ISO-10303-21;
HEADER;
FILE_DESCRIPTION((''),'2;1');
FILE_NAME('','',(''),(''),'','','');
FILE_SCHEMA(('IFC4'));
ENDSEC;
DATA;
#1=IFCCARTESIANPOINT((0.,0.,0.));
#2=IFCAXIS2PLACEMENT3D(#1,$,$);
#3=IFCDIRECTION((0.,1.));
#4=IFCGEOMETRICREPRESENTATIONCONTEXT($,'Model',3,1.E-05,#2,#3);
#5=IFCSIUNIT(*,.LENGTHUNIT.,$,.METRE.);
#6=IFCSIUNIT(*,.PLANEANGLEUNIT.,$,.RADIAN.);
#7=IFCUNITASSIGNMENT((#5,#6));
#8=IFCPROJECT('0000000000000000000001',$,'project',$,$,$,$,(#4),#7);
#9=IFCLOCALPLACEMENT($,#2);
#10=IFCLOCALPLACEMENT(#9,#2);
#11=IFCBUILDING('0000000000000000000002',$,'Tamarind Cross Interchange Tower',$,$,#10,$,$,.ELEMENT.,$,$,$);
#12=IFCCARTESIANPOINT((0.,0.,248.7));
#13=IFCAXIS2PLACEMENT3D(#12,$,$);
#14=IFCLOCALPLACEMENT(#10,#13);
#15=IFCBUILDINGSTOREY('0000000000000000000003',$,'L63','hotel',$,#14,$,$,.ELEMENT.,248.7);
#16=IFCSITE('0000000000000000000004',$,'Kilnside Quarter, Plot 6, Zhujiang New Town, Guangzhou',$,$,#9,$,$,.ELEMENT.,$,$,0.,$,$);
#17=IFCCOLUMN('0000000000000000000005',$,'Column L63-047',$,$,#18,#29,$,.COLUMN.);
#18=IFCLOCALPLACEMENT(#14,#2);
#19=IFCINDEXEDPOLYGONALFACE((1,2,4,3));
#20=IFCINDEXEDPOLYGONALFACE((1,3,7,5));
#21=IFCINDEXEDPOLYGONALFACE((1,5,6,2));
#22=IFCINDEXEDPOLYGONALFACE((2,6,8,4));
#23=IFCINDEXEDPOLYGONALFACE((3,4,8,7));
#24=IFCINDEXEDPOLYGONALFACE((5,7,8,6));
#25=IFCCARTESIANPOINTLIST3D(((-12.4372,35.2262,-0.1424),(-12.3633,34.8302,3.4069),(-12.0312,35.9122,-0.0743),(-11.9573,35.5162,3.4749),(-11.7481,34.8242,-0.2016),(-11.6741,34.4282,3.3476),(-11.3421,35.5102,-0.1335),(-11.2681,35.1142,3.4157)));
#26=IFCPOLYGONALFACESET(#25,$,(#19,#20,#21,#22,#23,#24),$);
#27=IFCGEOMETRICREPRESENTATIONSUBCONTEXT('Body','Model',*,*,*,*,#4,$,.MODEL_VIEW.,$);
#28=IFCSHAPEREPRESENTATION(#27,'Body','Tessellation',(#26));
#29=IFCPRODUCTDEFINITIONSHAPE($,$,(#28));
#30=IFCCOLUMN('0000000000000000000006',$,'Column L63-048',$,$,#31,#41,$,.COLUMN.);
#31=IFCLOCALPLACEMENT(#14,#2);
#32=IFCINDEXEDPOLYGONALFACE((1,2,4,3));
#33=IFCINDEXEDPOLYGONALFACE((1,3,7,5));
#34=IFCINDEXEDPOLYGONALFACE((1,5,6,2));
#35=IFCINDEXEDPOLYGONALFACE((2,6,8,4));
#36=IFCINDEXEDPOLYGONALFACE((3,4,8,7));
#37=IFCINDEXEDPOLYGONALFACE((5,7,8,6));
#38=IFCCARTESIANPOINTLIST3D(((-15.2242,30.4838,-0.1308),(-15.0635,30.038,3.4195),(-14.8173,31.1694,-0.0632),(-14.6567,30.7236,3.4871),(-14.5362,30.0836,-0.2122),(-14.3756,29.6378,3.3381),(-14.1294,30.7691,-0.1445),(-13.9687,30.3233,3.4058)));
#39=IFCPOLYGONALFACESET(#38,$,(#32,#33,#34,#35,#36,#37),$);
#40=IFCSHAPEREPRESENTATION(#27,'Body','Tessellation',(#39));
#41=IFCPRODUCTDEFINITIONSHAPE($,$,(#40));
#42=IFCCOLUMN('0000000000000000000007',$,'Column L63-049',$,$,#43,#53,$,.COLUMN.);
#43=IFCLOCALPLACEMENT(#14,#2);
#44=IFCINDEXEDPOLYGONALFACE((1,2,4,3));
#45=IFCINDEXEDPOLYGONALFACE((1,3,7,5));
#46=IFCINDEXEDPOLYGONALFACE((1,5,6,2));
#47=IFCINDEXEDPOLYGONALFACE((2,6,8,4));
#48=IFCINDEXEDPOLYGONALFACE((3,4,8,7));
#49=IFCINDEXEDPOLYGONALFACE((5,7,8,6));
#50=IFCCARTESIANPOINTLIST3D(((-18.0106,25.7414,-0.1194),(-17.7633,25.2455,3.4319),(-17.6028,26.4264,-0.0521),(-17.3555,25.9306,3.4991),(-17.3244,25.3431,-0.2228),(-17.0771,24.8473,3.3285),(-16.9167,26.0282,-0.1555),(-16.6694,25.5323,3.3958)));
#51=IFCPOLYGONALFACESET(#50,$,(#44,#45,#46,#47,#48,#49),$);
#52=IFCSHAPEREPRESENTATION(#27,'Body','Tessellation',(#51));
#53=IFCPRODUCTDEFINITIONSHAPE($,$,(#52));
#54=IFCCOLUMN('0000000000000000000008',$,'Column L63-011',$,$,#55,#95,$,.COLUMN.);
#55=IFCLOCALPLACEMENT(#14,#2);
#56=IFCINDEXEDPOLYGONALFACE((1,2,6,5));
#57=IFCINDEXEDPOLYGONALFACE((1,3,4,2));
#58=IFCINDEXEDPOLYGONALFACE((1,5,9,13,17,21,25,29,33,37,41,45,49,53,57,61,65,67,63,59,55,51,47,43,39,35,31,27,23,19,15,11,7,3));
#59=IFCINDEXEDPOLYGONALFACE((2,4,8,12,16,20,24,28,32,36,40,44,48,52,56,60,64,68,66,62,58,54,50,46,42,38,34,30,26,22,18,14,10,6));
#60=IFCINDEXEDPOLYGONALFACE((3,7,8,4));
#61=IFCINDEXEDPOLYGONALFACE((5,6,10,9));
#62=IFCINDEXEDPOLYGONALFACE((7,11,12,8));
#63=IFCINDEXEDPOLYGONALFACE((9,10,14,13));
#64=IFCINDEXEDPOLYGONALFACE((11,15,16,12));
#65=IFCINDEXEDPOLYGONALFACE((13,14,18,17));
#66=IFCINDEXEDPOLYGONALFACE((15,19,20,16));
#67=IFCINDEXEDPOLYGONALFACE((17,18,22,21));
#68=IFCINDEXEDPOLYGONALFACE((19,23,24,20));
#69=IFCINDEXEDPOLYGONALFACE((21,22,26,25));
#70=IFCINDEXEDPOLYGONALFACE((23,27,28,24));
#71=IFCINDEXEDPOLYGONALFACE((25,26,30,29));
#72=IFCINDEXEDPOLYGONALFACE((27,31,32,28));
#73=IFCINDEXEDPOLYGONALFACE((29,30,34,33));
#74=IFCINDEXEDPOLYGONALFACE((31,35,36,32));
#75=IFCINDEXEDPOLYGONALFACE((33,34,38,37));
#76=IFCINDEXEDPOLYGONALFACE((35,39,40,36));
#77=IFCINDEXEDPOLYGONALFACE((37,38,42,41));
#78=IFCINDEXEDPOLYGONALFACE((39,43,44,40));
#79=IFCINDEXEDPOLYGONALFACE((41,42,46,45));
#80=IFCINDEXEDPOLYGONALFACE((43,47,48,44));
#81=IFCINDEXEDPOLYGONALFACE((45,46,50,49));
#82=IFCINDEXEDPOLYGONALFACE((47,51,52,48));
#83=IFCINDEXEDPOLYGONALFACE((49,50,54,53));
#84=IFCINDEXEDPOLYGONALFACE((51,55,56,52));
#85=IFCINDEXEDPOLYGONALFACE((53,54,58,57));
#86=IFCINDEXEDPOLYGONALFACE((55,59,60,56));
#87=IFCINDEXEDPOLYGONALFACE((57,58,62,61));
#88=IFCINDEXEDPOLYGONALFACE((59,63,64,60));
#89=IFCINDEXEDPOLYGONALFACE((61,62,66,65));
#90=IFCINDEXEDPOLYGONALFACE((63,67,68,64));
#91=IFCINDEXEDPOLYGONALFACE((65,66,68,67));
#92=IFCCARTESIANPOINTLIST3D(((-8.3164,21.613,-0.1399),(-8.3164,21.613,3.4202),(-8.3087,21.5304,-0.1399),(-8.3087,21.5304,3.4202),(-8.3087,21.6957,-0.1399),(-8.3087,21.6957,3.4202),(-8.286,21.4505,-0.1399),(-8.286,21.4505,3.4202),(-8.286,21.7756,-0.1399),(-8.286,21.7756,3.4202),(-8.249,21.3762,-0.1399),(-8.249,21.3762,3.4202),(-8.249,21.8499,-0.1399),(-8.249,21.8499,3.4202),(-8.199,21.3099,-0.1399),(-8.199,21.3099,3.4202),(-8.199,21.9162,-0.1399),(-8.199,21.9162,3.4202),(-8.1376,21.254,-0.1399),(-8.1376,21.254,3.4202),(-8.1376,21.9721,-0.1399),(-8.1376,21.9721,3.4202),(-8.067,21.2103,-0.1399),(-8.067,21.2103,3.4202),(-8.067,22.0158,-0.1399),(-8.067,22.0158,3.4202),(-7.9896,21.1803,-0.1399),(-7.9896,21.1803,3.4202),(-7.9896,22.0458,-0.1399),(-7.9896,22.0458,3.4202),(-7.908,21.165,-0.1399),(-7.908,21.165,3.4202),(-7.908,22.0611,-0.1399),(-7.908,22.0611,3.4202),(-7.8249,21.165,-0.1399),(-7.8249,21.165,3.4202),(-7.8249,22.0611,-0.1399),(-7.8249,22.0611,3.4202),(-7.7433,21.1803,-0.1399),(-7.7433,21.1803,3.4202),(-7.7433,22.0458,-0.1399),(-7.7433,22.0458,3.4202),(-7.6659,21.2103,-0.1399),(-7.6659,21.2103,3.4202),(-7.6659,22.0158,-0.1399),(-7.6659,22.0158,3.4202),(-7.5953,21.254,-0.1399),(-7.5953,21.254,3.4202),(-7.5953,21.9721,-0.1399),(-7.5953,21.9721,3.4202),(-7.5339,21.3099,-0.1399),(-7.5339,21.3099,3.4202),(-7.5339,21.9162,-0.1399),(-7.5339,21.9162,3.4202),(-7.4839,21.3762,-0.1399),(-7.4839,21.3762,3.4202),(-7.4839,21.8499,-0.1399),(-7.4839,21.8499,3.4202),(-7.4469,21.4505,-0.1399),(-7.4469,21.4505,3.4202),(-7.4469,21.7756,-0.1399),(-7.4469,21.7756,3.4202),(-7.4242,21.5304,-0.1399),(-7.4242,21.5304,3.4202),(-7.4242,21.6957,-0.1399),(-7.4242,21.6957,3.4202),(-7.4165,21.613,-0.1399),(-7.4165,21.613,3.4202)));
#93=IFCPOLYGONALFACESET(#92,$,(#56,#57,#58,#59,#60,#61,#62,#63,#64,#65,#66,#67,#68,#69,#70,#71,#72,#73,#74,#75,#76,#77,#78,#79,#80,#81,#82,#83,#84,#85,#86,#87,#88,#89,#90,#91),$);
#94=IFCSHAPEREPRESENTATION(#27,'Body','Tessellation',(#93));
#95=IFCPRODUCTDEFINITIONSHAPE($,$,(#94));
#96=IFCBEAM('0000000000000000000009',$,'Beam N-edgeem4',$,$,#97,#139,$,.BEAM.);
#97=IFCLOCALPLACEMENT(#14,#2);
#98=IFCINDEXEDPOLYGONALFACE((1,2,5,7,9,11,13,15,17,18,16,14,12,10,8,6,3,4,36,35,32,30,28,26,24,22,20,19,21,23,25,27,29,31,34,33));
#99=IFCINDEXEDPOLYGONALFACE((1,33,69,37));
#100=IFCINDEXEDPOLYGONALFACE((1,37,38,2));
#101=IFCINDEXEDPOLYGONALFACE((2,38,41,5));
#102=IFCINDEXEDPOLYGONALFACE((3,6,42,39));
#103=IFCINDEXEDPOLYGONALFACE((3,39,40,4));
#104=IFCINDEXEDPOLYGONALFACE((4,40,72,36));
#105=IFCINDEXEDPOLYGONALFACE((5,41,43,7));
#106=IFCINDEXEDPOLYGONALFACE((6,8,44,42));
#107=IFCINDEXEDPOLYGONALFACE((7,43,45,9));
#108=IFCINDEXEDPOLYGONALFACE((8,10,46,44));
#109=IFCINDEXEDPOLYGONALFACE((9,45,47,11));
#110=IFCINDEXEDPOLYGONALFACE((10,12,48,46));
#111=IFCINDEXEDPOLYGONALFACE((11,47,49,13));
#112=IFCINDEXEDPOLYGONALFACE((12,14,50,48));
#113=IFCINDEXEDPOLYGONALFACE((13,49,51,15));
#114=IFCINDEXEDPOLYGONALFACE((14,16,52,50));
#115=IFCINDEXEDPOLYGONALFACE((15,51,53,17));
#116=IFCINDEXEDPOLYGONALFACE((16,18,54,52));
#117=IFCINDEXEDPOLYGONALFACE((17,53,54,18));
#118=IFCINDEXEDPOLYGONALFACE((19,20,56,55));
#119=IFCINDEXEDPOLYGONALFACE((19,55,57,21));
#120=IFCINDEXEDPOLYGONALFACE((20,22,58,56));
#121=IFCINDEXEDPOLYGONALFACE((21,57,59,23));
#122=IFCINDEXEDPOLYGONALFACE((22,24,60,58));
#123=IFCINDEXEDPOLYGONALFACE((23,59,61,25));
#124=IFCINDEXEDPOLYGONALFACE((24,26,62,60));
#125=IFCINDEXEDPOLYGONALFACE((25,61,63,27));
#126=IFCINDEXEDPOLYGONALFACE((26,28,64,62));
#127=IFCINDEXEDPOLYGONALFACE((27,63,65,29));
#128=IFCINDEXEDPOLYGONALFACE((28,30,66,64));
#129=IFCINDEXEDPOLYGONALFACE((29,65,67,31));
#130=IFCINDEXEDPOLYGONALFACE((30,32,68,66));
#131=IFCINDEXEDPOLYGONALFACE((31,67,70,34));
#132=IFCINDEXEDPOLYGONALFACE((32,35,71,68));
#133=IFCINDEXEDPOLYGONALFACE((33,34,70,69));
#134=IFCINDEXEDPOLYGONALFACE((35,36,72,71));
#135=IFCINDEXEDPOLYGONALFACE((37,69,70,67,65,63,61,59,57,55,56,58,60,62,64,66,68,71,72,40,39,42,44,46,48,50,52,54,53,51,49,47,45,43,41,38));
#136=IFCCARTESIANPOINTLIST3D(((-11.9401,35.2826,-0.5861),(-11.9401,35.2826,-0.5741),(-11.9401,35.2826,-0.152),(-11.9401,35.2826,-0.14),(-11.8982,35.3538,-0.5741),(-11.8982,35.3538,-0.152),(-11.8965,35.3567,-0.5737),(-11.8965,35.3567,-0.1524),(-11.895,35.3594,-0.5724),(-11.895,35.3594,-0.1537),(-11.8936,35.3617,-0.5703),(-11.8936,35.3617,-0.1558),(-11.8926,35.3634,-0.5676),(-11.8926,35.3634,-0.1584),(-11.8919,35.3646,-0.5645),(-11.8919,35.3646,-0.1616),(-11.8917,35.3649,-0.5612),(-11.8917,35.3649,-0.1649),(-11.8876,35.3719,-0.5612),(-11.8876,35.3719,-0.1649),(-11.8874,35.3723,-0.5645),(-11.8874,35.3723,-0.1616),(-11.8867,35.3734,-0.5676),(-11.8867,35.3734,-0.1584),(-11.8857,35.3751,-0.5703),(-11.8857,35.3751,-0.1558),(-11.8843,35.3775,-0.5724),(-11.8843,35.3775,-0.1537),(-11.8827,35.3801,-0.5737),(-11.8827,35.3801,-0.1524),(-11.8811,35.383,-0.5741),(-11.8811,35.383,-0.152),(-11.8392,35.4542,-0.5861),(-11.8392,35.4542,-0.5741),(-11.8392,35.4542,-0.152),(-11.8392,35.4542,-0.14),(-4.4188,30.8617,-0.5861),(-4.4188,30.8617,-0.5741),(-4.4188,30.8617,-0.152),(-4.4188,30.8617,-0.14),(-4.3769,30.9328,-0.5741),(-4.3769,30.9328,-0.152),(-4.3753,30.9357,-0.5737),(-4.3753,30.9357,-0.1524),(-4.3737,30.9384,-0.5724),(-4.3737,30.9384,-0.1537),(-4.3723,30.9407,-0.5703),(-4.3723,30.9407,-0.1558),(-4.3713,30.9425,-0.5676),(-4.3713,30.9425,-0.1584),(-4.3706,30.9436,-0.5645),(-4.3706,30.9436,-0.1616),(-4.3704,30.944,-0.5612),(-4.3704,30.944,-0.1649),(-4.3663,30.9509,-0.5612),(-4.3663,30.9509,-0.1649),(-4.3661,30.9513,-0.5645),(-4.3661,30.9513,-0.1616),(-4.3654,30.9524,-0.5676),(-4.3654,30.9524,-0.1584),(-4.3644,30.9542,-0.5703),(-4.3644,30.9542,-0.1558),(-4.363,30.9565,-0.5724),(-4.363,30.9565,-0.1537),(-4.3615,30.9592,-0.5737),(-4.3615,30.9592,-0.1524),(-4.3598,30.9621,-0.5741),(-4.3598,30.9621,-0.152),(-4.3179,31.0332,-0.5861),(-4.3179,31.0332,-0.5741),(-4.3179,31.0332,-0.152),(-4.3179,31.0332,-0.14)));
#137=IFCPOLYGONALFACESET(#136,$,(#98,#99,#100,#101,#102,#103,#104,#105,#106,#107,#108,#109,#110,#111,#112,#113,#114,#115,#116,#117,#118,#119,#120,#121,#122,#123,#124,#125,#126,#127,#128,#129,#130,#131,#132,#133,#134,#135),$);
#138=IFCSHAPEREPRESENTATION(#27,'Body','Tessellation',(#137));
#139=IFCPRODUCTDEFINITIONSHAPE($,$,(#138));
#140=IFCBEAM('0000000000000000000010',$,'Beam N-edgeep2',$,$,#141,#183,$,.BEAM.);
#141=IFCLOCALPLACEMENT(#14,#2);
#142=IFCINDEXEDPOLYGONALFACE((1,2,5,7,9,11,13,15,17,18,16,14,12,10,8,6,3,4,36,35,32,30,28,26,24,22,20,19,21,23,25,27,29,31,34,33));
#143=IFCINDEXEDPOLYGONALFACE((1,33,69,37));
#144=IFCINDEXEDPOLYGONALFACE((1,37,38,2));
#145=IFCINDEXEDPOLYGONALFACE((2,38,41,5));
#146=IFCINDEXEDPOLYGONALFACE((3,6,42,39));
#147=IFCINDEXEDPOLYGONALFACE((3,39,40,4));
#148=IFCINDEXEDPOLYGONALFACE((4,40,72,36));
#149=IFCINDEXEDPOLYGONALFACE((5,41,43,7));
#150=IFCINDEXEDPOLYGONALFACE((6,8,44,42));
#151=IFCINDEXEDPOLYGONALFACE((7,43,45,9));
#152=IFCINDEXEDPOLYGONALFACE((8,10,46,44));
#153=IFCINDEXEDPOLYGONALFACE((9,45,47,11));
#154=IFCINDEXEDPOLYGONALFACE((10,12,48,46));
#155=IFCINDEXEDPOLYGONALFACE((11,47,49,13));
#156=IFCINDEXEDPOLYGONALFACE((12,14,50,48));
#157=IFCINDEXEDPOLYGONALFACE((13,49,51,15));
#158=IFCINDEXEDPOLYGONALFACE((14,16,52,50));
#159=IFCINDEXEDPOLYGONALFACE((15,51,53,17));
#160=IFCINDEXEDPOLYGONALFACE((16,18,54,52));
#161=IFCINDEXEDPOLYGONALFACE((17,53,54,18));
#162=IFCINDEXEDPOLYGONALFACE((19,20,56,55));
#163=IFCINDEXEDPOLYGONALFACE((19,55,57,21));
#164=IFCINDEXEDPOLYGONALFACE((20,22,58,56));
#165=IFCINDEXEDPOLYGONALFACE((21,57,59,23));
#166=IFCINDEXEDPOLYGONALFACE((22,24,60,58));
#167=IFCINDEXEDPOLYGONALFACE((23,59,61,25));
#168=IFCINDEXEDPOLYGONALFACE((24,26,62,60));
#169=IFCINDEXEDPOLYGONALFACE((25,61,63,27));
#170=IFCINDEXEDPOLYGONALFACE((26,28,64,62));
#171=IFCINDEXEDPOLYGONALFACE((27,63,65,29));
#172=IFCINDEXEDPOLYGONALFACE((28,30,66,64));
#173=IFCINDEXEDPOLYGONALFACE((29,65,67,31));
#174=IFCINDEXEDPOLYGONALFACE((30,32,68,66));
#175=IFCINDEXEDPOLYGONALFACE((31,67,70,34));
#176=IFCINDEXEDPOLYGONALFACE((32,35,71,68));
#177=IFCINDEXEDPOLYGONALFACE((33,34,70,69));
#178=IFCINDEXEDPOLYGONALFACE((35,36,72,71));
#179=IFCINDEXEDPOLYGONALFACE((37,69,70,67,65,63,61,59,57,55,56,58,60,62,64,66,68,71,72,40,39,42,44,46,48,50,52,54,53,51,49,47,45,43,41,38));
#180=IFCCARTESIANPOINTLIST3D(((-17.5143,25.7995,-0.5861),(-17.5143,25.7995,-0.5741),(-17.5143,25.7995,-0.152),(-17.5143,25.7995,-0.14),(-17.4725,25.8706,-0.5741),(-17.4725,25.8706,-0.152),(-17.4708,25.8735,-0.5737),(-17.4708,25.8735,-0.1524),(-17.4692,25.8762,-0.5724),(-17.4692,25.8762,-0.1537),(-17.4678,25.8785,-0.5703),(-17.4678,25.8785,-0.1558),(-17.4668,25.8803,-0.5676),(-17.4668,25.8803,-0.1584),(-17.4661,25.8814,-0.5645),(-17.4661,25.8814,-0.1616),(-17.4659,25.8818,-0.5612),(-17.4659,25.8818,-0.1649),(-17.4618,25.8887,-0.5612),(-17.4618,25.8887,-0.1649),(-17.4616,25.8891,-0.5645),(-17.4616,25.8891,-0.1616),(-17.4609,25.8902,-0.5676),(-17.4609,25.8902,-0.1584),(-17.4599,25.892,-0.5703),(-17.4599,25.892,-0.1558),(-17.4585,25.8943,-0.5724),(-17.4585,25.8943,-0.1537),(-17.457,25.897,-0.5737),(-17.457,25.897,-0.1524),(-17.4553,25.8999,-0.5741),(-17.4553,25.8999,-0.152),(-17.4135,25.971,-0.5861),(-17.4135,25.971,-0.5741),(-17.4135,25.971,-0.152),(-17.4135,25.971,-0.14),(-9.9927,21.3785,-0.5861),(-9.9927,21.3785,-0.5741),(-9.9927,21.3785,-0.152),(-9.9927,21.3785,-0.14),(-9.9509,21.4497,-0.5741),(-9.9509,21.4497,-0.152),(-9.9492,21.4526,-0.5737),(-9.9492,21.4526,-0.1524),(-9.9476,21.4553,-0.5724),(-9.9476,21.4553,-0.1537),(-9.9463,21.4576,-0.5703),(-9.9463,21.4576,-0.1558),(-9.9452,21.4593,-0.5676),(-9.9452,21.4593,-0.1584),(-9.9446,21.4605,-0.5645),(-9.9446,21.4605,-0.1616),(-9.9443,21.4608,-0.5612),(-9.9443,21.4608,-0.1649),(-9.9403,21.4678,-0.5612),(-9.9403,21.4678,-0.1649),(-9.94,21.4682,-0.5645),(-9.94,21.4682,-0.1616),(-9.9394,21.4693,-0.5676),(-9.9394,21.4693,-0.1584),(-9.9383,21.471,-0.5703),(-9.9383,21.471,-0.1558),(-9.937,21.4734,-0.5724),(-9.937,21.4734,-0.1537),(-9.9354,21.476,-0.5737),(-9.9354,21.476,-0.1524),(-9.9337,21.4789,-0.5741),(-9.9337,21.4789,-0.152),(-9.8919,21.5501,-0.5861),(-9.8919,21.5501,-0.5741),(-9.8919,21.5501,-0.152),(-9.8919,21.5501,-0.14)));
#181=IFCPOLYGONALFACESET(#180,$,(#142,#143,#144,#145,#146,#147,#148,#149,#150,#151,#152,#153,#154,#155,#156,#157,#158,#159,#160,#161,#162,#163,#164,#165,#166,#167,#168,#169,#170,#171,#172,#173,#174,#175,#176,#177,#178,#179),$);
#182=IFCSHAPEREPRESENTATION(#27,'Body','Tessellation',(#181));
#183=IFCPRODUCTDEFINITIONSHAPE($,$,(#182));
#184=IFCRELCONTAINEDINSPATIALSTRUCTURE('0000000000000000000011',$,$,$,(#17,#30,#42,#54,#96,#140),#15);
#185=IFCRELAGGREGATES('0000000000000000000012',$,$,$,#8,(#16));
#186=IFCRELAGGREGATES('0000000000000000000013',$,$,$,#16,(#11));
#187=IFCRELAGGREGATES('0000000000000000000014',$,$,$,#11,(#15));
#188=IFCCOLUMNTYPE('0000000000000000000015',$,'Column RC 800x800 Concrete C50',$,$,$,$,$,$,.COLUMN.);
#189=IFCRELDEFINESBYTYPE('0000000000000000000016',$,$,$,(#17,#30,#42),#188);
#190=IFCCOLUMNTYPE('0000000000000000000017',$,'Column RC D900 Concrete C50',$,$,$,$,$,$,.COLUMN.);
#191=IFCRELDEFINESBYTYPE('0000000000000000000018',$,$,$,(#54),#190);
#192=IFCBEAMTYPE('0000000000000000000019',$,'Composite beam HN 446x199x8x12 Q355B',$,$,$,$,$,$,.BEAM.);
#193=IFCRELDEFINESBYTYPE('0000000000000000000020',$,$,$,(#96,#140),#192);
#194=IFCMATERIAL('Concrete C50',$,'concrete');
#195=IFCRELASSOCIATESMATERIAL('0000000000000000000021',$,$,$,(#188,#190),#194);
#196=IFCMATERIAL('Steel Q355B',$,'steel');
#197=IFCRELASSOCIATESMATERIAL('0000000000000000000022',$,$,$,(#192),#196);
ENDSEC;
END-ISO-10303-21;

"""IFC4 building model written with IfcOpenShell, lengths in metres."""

from ifc_helpers import new_model, si_unit, direction, frame, origin, origin_2d, place, context, subcontext, project, spatial, rectangle, circle, i_section, extrude, material, material_profile, profile_set, type_object, element, save


model = new_model("IFC4")

# Units and contexts
model_context = context("Model", 3, precision=1e-05, world=origin(), true_north=direction((0.0, 1.0)))
body_context = subcontext(model_context, "Body", "Model", "MODEL_VIEW")
ifc_project = project(units=[si_unit("LENGTHUNIT", "METRE"), si_unit("PLANEANGLEUNIT", "RADIAN")], contexts=[model_context])

# Site, building, storey
site_placement = place(None, origin())
site = spatial("IfcSite", under=ifc_project, at=site_placement, Name="Kilnside Quarter, Plot 6, Zhujiang New Town, Guangzhou", CompositionType="ELEMENT", RefElevation=0.0)
building_placement = place(site_placement, origin())
building = spatial("IfcBuilding", under=site, at=building_placement, Name="Tamarind Cross Interchange Tower", CompositionType="ELEMENT")
storey_placement = place(building_placement, frame((0.0, 0.0, 248.7)))
storey = spatial("IfcBuildingStorey", under=building, at=storey_placement, Name="L63", Description="hotel", CompositionType="ELEMENT", Elevation=248.7)

# Columns
ifc_material_1 = material(Name="Concrete C50", Category="concrete")
ifc_material_profile_1 = material_profile(ifc_material_1, rectangle(XDim=0.8, YDim=0.8, at=origin_2d()), Name="RC 800x800")
ifc_profile_set_1 = profile_set([ifc_material_profile_1], Name="Concrete C50")
column_type_1 = type_object("IfcColumnType", Name="Column RC 800x800 Concrete C50", PredefinedType="COLUMN", material=ifc_profile_set_1)
column_1_placement = place(storey_placement, frame((-11.8896, 35.3682, -0.1379), z_axis=(0.020709, -0.110858, 0.99362), x_axis=(0.507479, 0.857452, 0.085089)))
element("IfcColumn", 1, at=column_1_placement, inside=storey, type_object=column_type_1, Name="Column L63-047", PredefinedType="COLUMN", context=body_context, shape_type="SweptSolid", body=[
    extrude(rectangle(XDim=0.8, YDim=0.8, at=origin_2d()), origin(), (0.0, 0.0, 1.0), 3.572),
])
column_2_placement = place(storey_placement, frame((-14.6768, 30.6265, -0.1377), z_axis=(0.044851, -0.124464, 0.99121), x_axis=(0.508512, 0.85689, 0.084588)))
element("IfcColumn", 2, at=column_2_placement, inside=storey, type_object=column_type_1, Name="Column L63-048", PredefinedType="COLUMN", context=body_context, shape_type="SweptSolid", body=[
    extrude(rectangle(XDim=0.8, YDim=0.8, at=origin_2d()), origin(), (0.0, 0.0, 1.0), 3.5818),
])
column_3_placement = place(storey_placement, frame((-17.4636, 25.8848, -0.1375), z_axis=(0.068809, -0.137957, 0.988045), x_axis=(0.509661, 0.856259, 0.084063)))
element("IfcColumn", 3, at=column_3_placement, inside=storey, type_object=column_type_1, Name="Column L63-049", PredefinedType="COLUMN", context=body_context, shape_type="SweptSolid", body=[
    extrude(rectangle(XDim=0.8, YDim=0.8, at=origin_2d()), origin(), (0.0, 0.0, 1.0), 3.5942),
])
ifc_material_profile_2 = material_profile(ifc_material_1, circle(Radius=0.45, at=origin_2d()), Name="RC D900")
ifc_profile_set_2 = profile_set([ifc_material_profile_2], Name="Concrete C50")
column_type_2 = type_object("IfcColumnType", Name="Column RC D900 Concrete C50", PredefinedType="COLUMN", material=ifc_profile_set_2)
column_4_placement = place(storey_placement, frame((-7.8665, 21.613, -0.1399), z_axis=(0.0, 0.0, 1.0), x_axis=(1.0, 0.0, 0.0)))
element("IfcColumn", 4, at=column_4_placement, inside=storey, type_object=column_type_2, Name="Column L63-011", PredefinedType="COLUMN", context=body_context, shape_type="SweptSolid", body=[
    extrude(circle(Radius=0.45, at=origin_2d()), origin(), (0.0, 0.0, 1.0), 3.5601),
])

# Beams
ifc_material_2 = material(Name="Steel Q355B", Category="steel")
ifc_material_profile_3 = material_profile(ifc_material_2, i_section(OverallWidth=0.199, OverallDepth=0.446, WebThickness=0.0081, FlangeThickness=0.012, FilletRadius=0.0129, at=origin_2d()), Name="HN 446x199x8x12")
ifc_profile_set_3 = profile_set([ifc_material_profile_3], Name="Steel Q355B")
beam_type_1 = type_object("IfcBeamType", Name="Composite beam HN 446x199x8x12 Q355B", PredefinedType="BEAM", material=ifc_profile_set_3)
beam_1_placement = place(storey_placement, frame((-11.8896, 35.3684, -0.363), z_axis=(0.862103, -0.506734, 0.0), x_axis=(0.506734, 0.862103, 0.0)))
element("IfcBeam", 5, at=beam_1_placement, inside=storey, type_object=beam_type_1, Name="Beam N-edgeem4", PredefinedType="BEAM", context=body_context, shape_type="SweptSolid", body=[
    extrude(i_section(OverallWidth=0.199, OverallDepth=0.446, WebThickness=0.0081, FlangeThickness=0.012, FilletRadius=0.0129, at=origin_2d()), origin(), (0.0, 0.0, 1.0), 8.7244),
])
beam_2_placement = place(storey_placement, frame((-17.4639, 25.8853, -0.363), z_axis=(0.86211, -0.506722, 0.0), x_axis=(0.506722, 0.86211, 0.0)))
element("IfcBeam", 6, at=beam_2_placement, inside=storey, type_object=beam_type_1, Name="Beam N-edgeep2", PredefinedType="BEAM", context=body_context, shape_type="SweptSolid", body=[
    extrude(i_section(OverallWidth=0.199, OverallDepth=0.446, WebThickness=0.0081, FlangeThickness=0.012, FilletRadius=0.0129, at=origin_2d()), origin(), (0.0, 0.0, 1.0), 8.7246),
])

save(model, "model.ifc")
